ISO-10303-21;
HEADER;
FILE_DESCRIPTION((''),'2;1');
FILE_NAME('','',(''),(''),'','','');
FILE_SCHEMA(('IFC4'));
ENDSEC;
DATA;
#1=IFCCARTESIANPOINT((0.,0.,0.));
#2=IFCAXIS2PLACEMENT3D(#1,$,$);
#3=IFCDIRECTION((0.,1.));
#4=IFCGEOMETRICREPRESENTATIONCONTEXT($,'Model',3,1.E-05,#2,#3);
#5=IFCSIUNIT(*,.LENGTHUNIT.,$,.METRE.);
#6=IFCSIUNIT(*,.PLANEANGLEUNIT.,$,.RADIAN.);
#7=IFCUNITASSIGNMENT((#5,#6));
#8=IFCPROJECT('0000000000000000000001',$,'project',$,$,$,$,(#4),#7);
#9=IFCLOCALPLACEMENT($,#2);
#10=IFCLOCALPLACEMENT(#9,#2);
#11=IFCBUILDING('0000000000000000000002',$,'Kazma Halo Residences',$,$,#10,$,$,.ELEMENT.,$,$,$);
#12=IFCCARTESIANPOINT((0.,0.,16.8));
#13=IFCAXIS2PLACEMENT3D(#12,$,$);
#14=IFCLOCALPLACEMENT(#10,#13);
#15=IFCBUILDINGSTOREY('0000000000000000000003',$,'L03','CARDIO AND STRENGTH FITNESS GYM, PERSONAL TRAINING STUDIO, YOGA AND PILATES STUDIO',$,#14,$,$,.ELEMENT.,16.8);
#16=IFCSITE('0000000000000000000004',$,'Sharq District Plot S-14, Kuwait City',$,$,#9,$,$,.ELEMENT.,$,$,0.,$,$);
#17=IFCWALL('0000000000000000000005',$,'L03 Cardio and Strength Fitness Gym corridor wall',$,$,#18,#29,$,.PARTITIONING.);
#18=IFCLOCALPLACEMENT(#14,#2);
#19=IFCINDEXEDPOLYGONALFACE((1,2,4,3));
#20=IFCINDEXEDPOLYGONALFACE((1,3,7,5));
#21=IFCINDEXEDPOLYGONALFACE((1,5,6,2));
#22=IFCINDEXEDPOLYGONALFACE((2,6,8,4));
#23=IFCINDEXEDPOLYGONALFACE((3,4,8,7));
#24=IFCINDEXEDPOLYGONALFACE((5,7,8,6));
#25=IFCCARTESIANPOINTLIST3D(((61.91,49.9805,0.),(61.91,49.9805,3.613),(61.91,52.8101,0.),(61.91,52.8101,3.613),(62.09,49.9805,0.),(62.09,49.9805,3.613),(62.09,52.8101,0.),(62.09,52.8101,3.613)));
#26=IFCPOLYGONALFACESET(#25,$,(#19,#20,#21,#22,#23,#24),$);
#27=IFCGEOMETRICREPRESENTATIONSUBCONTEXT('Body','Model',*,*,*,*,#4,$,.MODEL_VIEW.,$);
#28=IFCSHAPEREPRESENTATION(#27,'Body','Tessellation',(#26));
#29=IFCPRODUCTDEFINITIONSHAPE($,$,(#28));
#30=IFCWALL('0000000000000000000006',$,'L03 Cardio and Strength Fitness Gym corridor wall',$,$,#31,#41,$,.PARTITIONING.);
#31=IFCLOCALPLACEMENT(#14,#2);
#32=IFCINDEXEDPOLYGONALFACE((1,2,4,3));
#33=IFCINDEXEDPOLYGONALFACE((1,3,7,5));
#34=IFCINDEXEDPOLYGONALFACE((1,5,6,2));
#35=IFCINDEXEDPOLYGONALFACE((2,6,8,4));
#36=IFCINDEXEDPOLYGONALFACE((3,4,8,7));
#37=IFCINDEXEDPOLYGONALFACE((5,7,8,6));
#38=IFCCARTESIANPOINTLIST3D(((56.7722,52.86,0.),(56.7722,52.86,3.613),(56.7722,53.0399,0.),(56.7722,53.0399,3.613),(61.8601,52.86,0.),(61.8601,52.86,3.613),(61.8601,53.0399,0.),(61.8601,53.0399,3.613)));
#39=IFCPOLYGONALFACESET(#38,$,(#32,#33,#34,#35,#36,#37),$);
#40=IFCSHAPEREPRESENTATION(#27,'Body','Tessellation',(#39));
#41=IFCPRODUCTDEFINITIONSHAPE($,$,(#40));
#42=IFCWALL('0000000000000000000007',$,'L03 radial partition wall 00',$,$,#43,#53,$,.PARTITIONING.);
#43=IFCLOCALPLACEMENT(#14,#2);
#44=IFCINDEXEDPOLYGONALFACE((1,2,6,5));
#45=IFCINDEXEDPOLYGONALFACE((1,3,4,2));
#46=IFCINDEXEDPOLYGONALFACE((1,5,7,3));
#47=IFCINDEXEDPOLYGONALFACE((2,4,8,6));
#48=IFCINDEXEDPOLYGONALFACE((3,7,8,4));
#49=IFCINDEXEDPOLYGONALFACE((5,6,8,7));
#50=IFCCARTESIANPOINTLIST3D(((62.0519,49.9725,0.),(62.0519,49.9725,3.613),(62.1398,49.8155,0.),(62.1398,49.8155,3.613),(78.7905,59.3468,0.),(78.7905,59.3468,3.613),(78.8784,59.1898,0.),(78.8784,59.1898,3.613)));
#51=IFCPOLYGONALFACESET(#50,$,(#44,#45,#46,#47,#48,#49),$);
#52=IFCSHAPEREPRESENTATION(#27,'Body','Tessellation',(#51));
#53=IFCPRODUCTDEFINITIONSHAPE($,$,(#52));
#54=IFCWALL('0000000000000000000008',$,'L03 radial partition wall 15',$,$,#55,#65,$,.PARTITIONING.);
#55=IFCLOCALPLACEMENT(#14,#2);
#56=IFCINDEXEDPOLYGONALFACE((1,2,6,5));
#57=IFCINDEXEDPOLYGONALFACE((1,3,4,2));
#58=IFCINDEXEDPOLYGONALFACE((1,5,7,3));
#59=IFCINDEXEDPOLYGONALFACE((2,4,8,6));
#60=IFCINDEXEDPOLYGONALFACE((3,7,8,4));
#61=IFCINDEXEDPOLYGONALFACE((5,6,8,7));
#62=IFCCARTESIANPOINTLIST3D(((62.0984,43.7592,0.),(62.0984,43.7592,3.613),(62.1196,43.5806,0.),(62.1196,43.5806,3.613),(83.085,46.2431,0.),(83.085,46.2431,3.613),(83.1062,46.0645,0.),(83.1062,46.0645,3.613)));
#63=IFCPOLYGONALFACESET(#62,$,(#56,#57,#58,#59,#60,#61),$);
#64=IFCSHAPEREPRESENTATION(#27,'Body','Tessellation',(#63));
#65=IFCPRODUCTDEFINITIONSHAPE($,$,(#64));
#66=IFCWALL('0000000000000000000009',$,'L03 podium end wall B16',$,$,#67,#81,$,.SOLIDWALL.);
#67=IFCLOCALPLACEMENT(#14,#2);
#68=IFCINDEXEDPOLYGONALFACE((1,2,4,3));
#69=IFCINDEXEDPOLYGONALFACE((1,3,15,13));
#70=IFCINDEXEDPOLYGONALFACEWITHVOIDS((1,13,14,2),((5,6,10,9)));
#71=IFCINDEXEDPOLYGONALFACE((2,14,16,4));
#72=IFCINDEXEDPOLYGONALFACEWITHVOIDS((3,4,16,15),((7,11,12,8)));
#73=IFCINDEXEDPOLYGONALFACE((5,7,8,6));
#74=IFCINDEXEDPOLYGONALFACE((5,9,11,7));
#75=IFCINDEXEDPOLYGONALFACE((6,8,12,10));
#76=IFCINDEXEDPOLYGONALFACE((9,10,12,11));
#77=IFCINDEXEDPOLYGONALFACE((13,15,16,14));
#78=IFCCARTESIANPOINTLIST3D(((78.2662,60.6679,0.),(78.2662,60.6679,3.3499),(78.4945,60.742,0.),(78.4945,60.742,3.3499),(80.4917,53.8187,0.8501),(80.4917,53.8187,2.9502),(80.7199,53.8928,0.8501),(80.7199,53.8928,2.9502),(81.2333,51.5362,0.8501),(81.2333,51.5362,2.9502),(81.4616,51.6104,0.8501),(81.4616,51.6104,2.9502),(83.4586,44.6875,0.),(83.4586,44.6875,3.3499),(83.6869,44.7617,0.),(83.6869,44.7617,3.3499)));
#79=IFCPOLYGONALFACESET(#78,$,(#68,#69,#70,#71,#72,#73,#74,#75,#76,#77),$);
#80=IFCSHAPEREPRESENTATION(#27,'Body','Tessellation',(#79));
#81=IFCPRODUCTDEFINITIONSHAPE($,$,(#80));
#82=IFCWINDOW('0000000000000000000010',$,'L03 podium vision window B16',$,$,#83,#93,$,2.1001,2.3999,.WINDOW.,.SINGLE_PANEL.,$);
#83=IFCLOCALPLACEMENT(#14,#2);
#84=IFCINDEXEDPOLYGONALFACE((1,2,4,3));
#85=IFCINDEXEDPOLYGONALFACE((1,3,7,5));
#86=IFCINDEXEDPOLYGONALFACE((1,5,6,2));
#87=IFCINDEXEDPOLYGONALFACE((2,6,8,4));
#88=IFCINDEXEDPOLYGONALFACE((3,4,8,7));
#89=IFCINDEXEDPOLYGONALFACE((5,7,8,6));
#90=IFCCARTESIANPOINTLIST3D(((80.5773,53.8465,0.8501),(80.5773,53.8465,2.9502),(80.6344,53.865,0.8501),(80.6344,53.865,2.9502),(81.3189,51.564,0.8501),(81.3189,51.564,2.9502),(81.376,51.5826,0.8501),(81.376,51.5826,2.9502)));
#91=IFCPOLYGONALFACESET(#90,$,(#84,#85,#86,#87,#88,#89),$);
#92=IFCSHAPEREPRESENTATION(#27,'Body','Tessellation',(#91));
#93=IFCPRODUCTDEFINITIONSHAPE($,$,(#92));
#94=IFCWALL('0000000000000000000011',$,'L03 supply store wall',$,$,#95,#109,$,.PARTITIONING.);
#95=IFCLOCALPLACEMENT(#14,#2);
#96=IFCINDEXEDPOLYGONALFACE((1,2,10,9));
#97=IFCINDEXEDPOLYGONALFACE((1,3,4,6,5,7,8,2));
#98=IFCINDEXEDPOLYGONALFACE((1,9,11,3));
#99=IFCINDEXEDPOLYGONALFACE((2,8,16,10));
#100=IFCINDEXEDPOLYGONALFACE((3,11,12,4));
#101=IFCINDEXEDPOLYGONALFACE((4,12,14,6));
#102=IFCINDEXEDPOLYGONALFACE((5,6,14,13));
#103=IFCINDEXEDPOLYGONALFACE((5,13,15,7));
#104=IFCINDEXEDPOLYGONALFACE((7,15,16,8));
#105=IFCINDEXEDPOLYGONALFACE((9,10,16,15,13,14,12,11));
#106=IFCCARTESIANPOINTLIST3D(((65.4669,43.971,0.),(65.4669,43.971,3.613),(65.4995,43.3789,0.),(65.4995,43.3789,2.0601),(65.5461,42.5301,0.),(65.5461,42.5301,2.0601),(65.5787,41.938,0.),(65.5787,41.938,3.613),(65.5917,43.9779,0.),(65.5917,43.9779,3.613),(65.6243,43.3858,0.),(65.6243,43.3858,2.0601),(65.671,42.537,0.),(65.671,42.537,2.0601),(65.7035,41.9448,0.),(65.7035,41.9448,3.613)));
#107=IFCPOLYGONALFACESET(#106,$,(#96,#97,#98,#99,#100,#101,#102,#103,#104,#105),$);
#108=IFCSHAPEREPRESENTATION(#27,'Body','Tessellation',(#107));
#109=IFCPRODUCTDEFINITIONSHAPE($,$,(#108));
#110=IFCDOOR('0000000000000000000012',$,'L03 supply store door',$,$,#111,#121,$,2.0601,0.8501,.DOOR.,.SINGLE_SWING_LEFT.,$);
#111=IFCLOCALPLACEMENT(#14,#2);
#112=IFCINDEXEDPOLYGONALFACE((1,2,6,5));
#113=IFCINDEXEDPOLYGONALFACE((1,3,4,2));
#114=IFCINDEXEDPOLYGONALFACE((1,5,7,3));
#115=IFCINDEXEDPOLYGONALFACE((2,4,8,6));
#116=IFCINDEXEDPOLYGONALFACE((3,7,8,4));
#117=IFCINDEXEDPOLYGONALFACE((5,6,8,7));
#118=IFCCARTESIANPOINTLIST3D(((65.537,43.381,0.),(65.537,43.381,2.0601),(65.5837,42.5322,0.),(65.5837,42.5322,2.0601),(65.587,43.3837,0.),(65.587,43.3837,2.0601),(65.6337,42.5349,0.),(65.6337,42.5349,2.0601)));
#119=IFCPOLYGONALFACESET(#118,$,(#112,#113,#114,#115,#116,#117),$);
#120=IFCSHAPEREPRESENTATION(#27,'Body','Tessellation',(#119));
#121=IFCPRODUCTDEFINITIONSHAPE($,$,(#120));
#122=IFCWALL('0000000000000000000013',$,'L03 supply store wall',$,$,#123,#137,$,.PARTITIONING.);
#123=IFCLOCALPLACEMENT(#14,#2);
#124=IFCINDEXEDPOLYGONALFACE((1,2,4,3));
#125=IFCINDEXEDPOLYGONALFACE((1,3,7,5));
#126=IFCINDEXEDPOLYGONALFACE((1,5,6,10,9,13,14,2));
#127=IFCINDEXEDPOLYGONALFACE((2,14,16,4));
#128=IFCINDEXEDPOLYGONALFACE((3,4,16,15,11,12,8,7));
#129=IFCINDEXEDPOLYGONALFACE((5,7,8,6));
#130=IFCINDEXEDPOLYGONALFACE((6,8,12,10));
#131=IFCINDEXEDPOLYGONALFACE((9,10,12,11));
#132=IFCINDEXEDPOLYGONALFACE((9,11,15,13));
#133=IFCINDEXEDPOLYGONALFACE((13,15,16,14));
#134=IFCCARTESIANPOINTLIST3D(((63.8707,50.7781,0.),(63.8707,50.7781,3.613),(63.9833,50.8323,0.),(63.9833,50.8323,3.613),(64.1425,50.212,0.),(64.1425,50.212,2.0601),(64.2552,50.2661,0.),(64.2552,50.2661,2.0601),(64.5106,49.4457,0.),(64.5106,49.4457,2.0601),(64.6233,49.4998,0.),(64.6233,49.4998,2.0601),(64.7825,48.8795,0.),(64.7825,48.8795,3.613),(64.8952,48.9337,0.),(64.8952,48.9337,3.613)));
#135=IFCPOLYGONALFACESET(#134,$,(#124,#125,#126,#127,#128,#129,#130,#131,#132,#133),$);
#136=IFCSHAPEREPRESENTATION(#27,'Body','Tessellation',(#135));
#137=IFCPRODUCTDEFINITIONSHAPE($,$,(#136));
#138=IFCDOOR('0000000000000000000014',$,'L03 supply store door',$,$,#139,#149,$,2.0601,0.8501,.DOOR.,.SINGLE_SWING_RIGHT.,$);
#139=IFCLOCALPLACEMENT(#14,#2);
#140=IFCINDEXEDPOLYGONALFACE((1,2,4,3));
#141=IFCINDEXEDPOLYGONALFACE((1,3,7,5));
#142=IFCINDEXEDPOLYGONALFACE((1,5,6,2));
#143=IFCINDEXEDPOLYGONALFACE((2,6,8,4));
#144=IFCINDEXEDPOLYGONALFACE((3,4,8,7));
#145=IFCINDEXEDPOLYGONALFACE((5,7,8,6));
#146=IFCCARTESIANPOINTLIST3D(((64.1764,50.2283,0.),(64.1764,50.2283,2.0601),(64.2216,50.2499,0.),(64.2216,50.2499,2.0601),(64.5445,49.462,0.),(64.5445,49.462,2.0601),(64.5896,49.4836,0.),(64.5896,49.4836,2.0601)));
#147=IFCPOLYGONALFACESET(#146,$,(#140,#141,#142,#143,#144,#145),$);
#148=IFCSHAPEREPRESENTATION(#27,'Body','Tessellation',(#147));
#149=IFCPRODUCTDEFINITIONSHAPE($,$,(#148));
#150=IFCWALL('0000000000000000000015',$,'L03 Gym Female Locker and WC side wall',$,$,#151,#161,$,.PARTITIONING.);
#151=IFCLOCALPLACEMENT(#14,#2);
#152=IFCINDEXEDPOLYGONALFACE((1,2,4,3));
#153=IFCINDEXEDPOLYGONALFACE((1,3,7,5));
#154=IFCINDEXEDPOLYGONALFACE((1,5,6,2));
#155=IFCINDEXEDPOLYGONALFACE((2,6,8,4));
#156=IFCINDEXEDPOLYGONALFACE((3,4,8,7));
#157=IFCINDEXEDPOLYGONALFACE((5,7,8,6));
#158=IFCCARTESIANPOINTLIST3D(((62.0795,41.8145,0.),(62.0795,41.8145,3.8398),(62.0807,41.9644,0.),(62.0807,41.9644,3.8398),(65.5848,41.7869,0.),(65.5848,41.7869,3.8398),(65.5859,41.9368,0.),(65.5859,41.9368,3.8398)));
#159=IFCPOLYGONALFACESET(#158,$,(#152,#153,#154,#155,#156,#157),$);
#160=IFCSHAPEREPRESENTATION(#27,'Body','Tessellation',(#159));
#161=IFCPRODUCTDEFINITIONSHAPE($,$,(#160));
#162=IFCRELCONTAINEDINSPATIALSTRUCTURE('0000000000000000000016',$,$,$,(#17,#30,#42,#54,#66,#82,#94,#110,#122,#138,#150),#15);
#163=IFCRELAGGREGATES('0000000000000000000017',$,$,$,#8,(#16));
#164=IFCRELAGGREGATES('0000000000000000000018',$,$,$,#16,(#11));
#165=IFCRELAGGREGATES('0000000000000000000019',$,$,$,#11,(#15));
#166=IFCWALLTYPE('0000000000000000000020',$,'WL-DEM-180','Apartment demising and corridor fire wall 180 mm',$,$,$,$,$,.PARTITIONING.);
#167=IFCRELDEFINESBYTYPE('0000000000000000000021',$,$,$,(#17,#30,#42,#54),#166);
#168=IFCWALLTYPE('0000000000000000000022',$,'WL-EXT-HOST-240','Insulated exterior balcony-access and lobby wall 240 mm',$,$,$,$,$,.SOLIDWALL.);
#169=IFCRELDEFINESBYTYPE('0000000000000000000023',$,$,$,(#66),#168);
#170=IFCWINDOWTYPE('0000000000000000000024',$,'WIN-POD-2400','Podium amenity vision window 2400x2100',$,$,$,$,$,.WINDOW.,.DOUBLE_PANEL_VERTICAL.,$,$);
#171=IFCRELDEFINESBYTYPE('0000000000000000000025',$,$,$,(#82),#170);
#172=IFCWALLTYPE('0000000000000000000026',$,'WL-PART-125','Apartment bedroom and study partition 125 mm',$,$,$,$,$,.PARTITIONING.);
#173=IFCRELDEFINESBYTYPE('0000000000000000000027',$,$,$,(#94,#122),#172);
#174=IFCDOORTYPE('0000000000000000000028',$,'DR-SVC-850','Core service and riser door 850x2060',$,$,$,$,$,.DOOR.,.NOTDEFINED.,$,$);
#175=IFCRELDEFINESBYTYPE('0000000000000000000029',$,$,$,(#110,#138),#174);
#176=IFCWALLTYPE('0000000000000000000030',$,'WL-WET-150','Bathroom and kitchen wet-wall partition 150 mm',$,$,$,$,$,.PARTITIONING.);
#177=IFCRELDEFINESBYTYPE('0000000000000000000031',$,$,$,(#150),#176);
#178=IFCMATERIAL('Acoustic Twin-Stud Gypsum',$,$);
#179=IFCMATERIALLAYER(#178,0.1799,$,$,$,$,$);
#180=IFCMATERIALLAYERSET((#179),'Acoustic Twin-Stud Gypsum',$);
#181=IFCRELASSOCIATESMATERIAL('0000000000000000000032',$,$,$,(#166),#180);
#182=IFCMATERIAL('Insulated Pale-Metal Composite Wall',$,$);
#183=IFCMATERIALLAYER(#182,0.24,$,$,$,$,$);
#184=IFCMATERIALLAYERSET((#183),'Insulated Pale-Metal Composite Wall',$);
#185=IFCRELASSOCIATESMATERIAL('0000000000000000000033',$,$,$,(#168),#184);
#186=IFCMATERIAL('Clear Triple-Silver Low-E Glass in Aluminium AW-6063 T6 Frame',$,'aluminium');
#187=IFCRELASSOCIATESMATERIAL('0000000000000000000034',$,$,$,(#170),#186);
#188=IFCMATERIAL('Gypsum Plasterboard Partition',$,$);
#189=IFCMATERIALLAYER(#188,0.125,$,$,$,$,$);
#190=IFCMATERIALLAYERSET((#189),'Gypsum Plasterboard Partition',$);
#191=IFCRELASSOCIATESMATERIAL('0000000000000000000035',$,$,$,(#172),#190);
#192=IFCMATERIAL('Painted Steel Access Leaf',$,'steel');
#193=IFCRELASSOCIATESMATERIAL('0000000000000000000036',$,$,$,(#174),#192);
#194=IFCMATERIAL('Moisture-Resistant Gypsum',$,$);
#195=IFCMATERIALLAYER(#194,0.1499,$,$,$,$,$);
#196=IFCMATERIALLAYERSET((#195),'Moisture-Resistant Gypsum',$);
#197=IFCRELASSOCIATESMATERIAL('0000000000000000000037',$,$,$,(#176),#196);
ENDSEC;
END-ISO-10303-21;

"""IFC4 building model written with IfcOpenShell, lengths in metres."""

from ifc_helpers import new_model, si_unit, direction, frame, frame_2d, origin, place, context, subcontext, project, spatial, rectangle, extrude, material, layer, layer_set, type_object, element, fill, save


model = new_model("IFC4")

# Units and contexts
model_context = context("Model", 3, precision=1e-05, world=origin(), true_north=direction((0.0, 1.0)))
body_context = subcontext(model_context, "Body", "Model", "MODEL_VIEW")
ifc_project = project(units=[si_unit("LENGTHUNIT", "METRE"), si_unit("PLANEANGLEUNIT", "RADIAN")], contexts=[model_context])

# Site, building, storey
site_placement = place(None, origin())
site = spatial("IfcSite", under=ifc_project, at=site_placement, Name="Sharq District Plot S-14, Kuwait City", CompositionType="ELEMENT", RefElevation=0.0)
building_placement = place(site_placement, origin())
building = spatial("IfcBuilding", under=site, at=building_placement, Name="Kazma Halo Residences", CompositionType="ELEMENT")
storey_placement = place(building_placement, frame((0.0, 0.0, 16.8)))
storey = spatial("IfcBuildingStorey", under=building, at=storey_placement, Name="L03", Description="CARDIO AND STRENGTH FITNESS GYM, PERSONAL TRAINING STUDIO, YOGA AND PILATES STUDIO", CompositionType="ELEMENT", Elevation=16.8)

# Walls
ifc_material_1 = material(Name="Acoustic Twin-Stud Gypsum")
ifc_layer_1 = layer(ifc_material_1, 0.1799)
ifc_layer_set_1 = layer_set([ifc_layer_1], Name="Acoustic Twin-Stud Gypsum")
wall_type_1 = type_object("IfcWallType", Name="WL-DEM-180", Description="Apartment demising and corridor fire wall 180 mm", PredefinedType="PARTITIONING", material=ifc_layer_set_1)
wall_1_placement = place(storey_placement, frame((62.0, 49.9805, 0.0), z_axis=(0.0, 0.0, 1.0), x_axis=(0.0, 1.0, 0.0)))
element("IfcWall", 1, at=wall_1_placement, inside=storey, type_object=wall_type_1, Name="L03 Cardio and Strength Fitness Gym corridor wall", PredefinedType="PARTITIONING", context=body_context, shape_type="SweptSolid", body=[
    extrude(rectangle(XDim=2.8296, YDim=0.1799, at=frame_2d((1.4148, 0.0))), origin(), (0.0, 0.0, 1.0), 3.613),
])
wall_2_placement = place(storey_placement, frame((61.8601, 52.95, 0.0), z_axis=(0.0, 0.0, 1.0), x_axis=(-1.0, 0.0, 0.0)))
element("IfcWall", 2, at=wall_2_placement, inside=storey, type_object=wall_type_1, Name="L03 Cardio and Strength Fitness Gym corridor wall", PredefinedType="PARTITIONING", context=body_context, shape_type="SweptSolid", body=[
    extrude(rectangle(XDim=5.0879, YDim=0.1799, at=frame_2d((2.5439, 0.0))), origin(), (0.0, 0.0, 1.0), 3.613),
])
wall_3_placement = place(storey_placement, frame((62.0959, 49.894, 0.0), z_axis=(0.0, 0.0, 1.0), x_axis=(0.872491, 0.488631, 0.0)))
element("IfcWall", 3, at=wall_3_placement, inside=storey, type_object=wall_type_1, Name="L03 radial partition wall 00", PredefinedType="PARTITIONING", context=body_context, shape_type="SweptSolid", body=[
    extrude(rectangle(XDim=19.1848, YDim=0.1799, at=frame_2d((9.5923, 0.0))), origin(), (0.0, 0.0, 1.0), 3.613),
])
wall_4_placement = place(storey_placement, frame((62.1091, 43.6699, 0.0), z_axis=(0.0, 0.0, 1.0), x_axis=(0.993069, 0.117536, 0.0)))
element("IfcWall", 4, at=wall_4_placement, inside=storey, type_object=wall_type_1, Name="L03 radial partition wall 15", PredefinedType="PARTITIONING", context=body_context, shape_type="SweptSolid", body=[
    extrude(rectangle(XDim=21.1331, YDim=0.1799, at=frame_2d((10.5664, 0.0))), origin(), (0.0, 0.0, 1.0), 3.613),
])

# Wall, opening, window
ifc_material_2 = material(Name="Insulated Pale-Metal Composite Wall")
ifc_layer_2 = layer(ifc_material_2, 0.24)
ifc_layer_set_2 = layer_set([ifc_layer_2], Name="Insulated Pale-Metal Composite Wall")
wall_type_2 = type_object("IfcWallType", Name="WL-EXT-HOST-240", Description="Insulated exterior balcony-access and lobby wall 240 mm", PredefinedType="SOLIDWALL", material=ifc_layer_set_2)
wall_5_placement = place(storey_placement, frame((83.5728, 44.7246, 0.0), z_axis=(0.0, 0.0, 1.0), x_axis=(-0.309022, 0.951055, 0.0)))
wall_5 = element("IfcWall", 5, at=wall_5_placement, inside=storey, type_object=wall_type_2, Name="L03 podium end wall B16", PredefinedType="SOLIDWALL", context=body_context, shape_type="SweptSolid", body=[
    extrude(rectangle(XDim=16.8027, YDim=0.24, at=frame_2d((8.4014, 0.0))), origin(), (0.0, 0.0, 1.0), 3.3499),
])
opening_1_placement = place(wall_5_placement, frame((7.2012, 0.0, 0.8501)))
opening_1 = element("IfcOpeningElement", 6, at=opening_1_placement, cuts=wall_5, PredefinedType="OPENING", context=body_context, shape_type="SweptSolid", body=[
    extrude(rectangle(XDim=2.3999, YDim=2.1001, at=frame_2d((1.2, 1.05))), frame((0.0, 0.1299, 0.0), z_axis=(0.0, -1.0, 0.0), x_axis=(1.0, 0.0, 0.0)), (0.0, 0.0, 1.0), 0.26),
])
ifc_material_3 = material(Name="Clear Triple-Silver Low-E Glass in Aluminium AW-6063 T6 Frame", Category="aluminium")
window_type = type_object("IfcWindowType", Name="WIN-POD-2400", Description="Podium amenity vision window 2400x2100", PartitioningType="DOUBLE_PANEL_VERTICAL", PredefinedType="WINDOW", material=ifc_material_3)
window_placement = place(opening_1_placement, origin())
window = element("IfcWindow", 7, at=window_placement, inside=storey, type_object=window_type, Name="L03 podium vision window B16", OverallHeight=2.1001, OverallWidth=2.3999, PartitioningType="SINGLE_PANEL", PredefinedType="WINDOW", context=body_context, shape_type="SweptSolid", body=[
    extrude(rectangle(XDim=2.3999, YDim=2.1001, at=frame_2d((1.2, 1.05))), frame((0.0, 0.03, 0.0), z_axis=(0.0, -1.0, 0.0), x_axis=(1.0, 0.0, 0.0)), (0.0, 0.0, 1.0), 0.0601),
])
fill(opening_1, window)

# Walls, openings, doors
ifc_material_4 = material(Name="Gypsum Plasterboard Partition")
ifc_layer_3 = layer(ifc_material_4, 0.125)
ifc_layer_set_3 = layer_set([ifc_layer_3], Name="Gypsum Plasterboard Partition")
wall_type_3 = type_object("IfcWallType", Name="WL-PART-125", Description="Apartment bedroom and study partition 125 mm", PredefinedType="PARTITIONING", material=ifc_layer_set_3)
wall_6_placement = place(storey_placement, frame((65.6411, 41.9414, 0.0), z_axis=(0.0, 0.0, 1.0), x_axis=(-0.054919, 0.998491, 0.0)))
wall_6 = element("IfcWall", 8, at=wall_6_placement, inside=storey, type_object=wall_type_3, Name="L03 supply store wall", PredefinedType="PARTITIONING", context=body_context, shape_type="SweptSolid", body=[
    extrude(rectangle(XDim=2.0361, YDim=0.125, at=frame_2d((1.0181, 0.0))), origin(), (0.0, 0.0, 1.0), 3.613),
])
opening_2_placement = place(wall_6_placement, frame((0.593, 0.0, 0.0)))
opening_2 = element("IfcOpeningElement", 9, at=opening_2_placement, cuts=wall_6, PredefinedType="OPENING", context=body_context, shape_type="SweptSolid", body=[
    extrude(rectangle(XDim=0.8501, YDim=2.0601, at=frame_2d((0.425, 1.03))), frame((0.0, 0.0725, 0.0), z_axis=(0.0, -1.0, 0.0), x_axis=(1.0, 0.0, 0.0)), (0.0, 0.0, 1.0), 0.145),
])
ifc_material_5 = material(Name="Painted Steel Access Leaf", Category="steel")
door_type_1 = type_object("IfcDoorType", Name="DR-SVC-850", Description="Core service and riser door 850x2060", OperationType="NOTDEFINED", PredefinedType="DOOR", material=ifc_material_5)
door_1_placement = place(opening_2_placement, origin())
door_1 = element("IfcDoor", 10, at=door_1_placement, inside=storey, type_object=door_type_1, Name="L03 supply store door", OperationType="SINGLE_SWING_LEFT", OverallHeight=2.0601, OverallWidth=0.8501, PredefinedType="DOOR", context=body_context, shape_type="SweptSolid", body=[
    extrude(rectangle(XDim=0.8501, YDim=2.0601, at=frame_2d((0.425, 1.03))), frame((0.0, 0.0249, 0.0), z_axis=(0.0, -1.0, 0.0), x_axis=(1.0, 0.0, 0.0)), (0.0, 0.0, 1.0), 0.05),
])
fill(opening_2, door_1)
wall_7_placement = place(storey_placement, frame((64.8389, 48.9065, 0.0), z_axis=(0.0, 0.0, 1.0), x_axis=(-0.432923, 0.901431, 0.0)))
wall_7 = element("IfcWall", 11, at=wall_7_placement, inside=storey, type_object=wall_type_3, Name="L03 supply store wall", PredefinedType="PARTITIONING", context=body_context, shape_type="SweptSolid", body=[
    extrude(rectangle(XDim=2.1062, YDim=0.125, at=frame_2d((1.0532, 0.0))), origin(), (0.0, 0.0, 1.0), 3.613),
])
opening_3_placement = place(wall_7_placement, frame((0.6282, 0.0, 0.0)))
opening_3 = element("IfcOpeningElement", 12, at=opening_3_placement, cuts=wall_7, PredefinedType="OPENING", context=body_context, shape_type="SweptSolid", body=[
    extrude(rectangle(XDim=0.8501, YDim=2.0601, at=frame_2d((0.425, 1.03))), frame((0.0, 0.0725, 0.0), z_axis=(0.0, -1.0, 0.0), x_axis=(1.0, 0.0, 0.0)), (0.0, 0.0, 1.0), 0.145),
])
door_2_placement = place(opening_3_placement, origin())
door_2 = element("IfcDoor", 13, at=door_2_placement, inside=storey, type_object=door_type_1, Name="L03 supply store door", OperationType="SINGLE_SWING_RIGHT", OverallHeight=2.0601, OverallWidth=0.8501, PredefinedType="DOOR", context=body_context, shape_type="SweptSolid", body=[
    extrude(rectangle(XDim=0.8501, YDim=2.0601, at=frame_2d((0.425, 1.03))), frame((0.0, 0.0249, 0.0), z_axis=(0.0, -1.0, 0.0), x_axis=(1.0, 0.0, 0.0)), (0.0, 0.0, 1.0), 0.05),
])
fill(opening_3, door_2)

# Wall
ifc_material_6 = material(Name="Moisture-Resistant Gypsum")
ifc_layer_4 = layer(ifc_material_6, 0.1499)
ifc_layer_set_4 = layer_set([ifc_layer_4], Name="Moisture-Resistant Gypsum")
wall_type_4 = type_object("IfcWallType", Name="WL-WET-150", Description="Bathroom and kitchen wet-wall partition 150 mm", PredefinedType="PARTITIONING", material=ifc_layer_set_4)
wall_8_placement = place(storey_placement, frame((62.0801, 41.8894, 0.0), z_axis=(0.0, 0.0, 1.0), x_axis=(0.999969, -0.00787, 0.0)))
element("IfcWall", 14, at=wall_8_placement, inside=storey, type_object=wall_type_4, Name="L03 Gym Female Locker and WC side wall", PredefinedType="PARTITIONING", context=body_context, shape_type="SweptSolid", body=[
    extrude(rectangle(XDim=3.5054, YDim=0.1499, at=frame_2d((1.7527, 0.0))), origin(), (0.0, 0.0, 1.0), 3.8398),
])

save(model, "model.ifc")
